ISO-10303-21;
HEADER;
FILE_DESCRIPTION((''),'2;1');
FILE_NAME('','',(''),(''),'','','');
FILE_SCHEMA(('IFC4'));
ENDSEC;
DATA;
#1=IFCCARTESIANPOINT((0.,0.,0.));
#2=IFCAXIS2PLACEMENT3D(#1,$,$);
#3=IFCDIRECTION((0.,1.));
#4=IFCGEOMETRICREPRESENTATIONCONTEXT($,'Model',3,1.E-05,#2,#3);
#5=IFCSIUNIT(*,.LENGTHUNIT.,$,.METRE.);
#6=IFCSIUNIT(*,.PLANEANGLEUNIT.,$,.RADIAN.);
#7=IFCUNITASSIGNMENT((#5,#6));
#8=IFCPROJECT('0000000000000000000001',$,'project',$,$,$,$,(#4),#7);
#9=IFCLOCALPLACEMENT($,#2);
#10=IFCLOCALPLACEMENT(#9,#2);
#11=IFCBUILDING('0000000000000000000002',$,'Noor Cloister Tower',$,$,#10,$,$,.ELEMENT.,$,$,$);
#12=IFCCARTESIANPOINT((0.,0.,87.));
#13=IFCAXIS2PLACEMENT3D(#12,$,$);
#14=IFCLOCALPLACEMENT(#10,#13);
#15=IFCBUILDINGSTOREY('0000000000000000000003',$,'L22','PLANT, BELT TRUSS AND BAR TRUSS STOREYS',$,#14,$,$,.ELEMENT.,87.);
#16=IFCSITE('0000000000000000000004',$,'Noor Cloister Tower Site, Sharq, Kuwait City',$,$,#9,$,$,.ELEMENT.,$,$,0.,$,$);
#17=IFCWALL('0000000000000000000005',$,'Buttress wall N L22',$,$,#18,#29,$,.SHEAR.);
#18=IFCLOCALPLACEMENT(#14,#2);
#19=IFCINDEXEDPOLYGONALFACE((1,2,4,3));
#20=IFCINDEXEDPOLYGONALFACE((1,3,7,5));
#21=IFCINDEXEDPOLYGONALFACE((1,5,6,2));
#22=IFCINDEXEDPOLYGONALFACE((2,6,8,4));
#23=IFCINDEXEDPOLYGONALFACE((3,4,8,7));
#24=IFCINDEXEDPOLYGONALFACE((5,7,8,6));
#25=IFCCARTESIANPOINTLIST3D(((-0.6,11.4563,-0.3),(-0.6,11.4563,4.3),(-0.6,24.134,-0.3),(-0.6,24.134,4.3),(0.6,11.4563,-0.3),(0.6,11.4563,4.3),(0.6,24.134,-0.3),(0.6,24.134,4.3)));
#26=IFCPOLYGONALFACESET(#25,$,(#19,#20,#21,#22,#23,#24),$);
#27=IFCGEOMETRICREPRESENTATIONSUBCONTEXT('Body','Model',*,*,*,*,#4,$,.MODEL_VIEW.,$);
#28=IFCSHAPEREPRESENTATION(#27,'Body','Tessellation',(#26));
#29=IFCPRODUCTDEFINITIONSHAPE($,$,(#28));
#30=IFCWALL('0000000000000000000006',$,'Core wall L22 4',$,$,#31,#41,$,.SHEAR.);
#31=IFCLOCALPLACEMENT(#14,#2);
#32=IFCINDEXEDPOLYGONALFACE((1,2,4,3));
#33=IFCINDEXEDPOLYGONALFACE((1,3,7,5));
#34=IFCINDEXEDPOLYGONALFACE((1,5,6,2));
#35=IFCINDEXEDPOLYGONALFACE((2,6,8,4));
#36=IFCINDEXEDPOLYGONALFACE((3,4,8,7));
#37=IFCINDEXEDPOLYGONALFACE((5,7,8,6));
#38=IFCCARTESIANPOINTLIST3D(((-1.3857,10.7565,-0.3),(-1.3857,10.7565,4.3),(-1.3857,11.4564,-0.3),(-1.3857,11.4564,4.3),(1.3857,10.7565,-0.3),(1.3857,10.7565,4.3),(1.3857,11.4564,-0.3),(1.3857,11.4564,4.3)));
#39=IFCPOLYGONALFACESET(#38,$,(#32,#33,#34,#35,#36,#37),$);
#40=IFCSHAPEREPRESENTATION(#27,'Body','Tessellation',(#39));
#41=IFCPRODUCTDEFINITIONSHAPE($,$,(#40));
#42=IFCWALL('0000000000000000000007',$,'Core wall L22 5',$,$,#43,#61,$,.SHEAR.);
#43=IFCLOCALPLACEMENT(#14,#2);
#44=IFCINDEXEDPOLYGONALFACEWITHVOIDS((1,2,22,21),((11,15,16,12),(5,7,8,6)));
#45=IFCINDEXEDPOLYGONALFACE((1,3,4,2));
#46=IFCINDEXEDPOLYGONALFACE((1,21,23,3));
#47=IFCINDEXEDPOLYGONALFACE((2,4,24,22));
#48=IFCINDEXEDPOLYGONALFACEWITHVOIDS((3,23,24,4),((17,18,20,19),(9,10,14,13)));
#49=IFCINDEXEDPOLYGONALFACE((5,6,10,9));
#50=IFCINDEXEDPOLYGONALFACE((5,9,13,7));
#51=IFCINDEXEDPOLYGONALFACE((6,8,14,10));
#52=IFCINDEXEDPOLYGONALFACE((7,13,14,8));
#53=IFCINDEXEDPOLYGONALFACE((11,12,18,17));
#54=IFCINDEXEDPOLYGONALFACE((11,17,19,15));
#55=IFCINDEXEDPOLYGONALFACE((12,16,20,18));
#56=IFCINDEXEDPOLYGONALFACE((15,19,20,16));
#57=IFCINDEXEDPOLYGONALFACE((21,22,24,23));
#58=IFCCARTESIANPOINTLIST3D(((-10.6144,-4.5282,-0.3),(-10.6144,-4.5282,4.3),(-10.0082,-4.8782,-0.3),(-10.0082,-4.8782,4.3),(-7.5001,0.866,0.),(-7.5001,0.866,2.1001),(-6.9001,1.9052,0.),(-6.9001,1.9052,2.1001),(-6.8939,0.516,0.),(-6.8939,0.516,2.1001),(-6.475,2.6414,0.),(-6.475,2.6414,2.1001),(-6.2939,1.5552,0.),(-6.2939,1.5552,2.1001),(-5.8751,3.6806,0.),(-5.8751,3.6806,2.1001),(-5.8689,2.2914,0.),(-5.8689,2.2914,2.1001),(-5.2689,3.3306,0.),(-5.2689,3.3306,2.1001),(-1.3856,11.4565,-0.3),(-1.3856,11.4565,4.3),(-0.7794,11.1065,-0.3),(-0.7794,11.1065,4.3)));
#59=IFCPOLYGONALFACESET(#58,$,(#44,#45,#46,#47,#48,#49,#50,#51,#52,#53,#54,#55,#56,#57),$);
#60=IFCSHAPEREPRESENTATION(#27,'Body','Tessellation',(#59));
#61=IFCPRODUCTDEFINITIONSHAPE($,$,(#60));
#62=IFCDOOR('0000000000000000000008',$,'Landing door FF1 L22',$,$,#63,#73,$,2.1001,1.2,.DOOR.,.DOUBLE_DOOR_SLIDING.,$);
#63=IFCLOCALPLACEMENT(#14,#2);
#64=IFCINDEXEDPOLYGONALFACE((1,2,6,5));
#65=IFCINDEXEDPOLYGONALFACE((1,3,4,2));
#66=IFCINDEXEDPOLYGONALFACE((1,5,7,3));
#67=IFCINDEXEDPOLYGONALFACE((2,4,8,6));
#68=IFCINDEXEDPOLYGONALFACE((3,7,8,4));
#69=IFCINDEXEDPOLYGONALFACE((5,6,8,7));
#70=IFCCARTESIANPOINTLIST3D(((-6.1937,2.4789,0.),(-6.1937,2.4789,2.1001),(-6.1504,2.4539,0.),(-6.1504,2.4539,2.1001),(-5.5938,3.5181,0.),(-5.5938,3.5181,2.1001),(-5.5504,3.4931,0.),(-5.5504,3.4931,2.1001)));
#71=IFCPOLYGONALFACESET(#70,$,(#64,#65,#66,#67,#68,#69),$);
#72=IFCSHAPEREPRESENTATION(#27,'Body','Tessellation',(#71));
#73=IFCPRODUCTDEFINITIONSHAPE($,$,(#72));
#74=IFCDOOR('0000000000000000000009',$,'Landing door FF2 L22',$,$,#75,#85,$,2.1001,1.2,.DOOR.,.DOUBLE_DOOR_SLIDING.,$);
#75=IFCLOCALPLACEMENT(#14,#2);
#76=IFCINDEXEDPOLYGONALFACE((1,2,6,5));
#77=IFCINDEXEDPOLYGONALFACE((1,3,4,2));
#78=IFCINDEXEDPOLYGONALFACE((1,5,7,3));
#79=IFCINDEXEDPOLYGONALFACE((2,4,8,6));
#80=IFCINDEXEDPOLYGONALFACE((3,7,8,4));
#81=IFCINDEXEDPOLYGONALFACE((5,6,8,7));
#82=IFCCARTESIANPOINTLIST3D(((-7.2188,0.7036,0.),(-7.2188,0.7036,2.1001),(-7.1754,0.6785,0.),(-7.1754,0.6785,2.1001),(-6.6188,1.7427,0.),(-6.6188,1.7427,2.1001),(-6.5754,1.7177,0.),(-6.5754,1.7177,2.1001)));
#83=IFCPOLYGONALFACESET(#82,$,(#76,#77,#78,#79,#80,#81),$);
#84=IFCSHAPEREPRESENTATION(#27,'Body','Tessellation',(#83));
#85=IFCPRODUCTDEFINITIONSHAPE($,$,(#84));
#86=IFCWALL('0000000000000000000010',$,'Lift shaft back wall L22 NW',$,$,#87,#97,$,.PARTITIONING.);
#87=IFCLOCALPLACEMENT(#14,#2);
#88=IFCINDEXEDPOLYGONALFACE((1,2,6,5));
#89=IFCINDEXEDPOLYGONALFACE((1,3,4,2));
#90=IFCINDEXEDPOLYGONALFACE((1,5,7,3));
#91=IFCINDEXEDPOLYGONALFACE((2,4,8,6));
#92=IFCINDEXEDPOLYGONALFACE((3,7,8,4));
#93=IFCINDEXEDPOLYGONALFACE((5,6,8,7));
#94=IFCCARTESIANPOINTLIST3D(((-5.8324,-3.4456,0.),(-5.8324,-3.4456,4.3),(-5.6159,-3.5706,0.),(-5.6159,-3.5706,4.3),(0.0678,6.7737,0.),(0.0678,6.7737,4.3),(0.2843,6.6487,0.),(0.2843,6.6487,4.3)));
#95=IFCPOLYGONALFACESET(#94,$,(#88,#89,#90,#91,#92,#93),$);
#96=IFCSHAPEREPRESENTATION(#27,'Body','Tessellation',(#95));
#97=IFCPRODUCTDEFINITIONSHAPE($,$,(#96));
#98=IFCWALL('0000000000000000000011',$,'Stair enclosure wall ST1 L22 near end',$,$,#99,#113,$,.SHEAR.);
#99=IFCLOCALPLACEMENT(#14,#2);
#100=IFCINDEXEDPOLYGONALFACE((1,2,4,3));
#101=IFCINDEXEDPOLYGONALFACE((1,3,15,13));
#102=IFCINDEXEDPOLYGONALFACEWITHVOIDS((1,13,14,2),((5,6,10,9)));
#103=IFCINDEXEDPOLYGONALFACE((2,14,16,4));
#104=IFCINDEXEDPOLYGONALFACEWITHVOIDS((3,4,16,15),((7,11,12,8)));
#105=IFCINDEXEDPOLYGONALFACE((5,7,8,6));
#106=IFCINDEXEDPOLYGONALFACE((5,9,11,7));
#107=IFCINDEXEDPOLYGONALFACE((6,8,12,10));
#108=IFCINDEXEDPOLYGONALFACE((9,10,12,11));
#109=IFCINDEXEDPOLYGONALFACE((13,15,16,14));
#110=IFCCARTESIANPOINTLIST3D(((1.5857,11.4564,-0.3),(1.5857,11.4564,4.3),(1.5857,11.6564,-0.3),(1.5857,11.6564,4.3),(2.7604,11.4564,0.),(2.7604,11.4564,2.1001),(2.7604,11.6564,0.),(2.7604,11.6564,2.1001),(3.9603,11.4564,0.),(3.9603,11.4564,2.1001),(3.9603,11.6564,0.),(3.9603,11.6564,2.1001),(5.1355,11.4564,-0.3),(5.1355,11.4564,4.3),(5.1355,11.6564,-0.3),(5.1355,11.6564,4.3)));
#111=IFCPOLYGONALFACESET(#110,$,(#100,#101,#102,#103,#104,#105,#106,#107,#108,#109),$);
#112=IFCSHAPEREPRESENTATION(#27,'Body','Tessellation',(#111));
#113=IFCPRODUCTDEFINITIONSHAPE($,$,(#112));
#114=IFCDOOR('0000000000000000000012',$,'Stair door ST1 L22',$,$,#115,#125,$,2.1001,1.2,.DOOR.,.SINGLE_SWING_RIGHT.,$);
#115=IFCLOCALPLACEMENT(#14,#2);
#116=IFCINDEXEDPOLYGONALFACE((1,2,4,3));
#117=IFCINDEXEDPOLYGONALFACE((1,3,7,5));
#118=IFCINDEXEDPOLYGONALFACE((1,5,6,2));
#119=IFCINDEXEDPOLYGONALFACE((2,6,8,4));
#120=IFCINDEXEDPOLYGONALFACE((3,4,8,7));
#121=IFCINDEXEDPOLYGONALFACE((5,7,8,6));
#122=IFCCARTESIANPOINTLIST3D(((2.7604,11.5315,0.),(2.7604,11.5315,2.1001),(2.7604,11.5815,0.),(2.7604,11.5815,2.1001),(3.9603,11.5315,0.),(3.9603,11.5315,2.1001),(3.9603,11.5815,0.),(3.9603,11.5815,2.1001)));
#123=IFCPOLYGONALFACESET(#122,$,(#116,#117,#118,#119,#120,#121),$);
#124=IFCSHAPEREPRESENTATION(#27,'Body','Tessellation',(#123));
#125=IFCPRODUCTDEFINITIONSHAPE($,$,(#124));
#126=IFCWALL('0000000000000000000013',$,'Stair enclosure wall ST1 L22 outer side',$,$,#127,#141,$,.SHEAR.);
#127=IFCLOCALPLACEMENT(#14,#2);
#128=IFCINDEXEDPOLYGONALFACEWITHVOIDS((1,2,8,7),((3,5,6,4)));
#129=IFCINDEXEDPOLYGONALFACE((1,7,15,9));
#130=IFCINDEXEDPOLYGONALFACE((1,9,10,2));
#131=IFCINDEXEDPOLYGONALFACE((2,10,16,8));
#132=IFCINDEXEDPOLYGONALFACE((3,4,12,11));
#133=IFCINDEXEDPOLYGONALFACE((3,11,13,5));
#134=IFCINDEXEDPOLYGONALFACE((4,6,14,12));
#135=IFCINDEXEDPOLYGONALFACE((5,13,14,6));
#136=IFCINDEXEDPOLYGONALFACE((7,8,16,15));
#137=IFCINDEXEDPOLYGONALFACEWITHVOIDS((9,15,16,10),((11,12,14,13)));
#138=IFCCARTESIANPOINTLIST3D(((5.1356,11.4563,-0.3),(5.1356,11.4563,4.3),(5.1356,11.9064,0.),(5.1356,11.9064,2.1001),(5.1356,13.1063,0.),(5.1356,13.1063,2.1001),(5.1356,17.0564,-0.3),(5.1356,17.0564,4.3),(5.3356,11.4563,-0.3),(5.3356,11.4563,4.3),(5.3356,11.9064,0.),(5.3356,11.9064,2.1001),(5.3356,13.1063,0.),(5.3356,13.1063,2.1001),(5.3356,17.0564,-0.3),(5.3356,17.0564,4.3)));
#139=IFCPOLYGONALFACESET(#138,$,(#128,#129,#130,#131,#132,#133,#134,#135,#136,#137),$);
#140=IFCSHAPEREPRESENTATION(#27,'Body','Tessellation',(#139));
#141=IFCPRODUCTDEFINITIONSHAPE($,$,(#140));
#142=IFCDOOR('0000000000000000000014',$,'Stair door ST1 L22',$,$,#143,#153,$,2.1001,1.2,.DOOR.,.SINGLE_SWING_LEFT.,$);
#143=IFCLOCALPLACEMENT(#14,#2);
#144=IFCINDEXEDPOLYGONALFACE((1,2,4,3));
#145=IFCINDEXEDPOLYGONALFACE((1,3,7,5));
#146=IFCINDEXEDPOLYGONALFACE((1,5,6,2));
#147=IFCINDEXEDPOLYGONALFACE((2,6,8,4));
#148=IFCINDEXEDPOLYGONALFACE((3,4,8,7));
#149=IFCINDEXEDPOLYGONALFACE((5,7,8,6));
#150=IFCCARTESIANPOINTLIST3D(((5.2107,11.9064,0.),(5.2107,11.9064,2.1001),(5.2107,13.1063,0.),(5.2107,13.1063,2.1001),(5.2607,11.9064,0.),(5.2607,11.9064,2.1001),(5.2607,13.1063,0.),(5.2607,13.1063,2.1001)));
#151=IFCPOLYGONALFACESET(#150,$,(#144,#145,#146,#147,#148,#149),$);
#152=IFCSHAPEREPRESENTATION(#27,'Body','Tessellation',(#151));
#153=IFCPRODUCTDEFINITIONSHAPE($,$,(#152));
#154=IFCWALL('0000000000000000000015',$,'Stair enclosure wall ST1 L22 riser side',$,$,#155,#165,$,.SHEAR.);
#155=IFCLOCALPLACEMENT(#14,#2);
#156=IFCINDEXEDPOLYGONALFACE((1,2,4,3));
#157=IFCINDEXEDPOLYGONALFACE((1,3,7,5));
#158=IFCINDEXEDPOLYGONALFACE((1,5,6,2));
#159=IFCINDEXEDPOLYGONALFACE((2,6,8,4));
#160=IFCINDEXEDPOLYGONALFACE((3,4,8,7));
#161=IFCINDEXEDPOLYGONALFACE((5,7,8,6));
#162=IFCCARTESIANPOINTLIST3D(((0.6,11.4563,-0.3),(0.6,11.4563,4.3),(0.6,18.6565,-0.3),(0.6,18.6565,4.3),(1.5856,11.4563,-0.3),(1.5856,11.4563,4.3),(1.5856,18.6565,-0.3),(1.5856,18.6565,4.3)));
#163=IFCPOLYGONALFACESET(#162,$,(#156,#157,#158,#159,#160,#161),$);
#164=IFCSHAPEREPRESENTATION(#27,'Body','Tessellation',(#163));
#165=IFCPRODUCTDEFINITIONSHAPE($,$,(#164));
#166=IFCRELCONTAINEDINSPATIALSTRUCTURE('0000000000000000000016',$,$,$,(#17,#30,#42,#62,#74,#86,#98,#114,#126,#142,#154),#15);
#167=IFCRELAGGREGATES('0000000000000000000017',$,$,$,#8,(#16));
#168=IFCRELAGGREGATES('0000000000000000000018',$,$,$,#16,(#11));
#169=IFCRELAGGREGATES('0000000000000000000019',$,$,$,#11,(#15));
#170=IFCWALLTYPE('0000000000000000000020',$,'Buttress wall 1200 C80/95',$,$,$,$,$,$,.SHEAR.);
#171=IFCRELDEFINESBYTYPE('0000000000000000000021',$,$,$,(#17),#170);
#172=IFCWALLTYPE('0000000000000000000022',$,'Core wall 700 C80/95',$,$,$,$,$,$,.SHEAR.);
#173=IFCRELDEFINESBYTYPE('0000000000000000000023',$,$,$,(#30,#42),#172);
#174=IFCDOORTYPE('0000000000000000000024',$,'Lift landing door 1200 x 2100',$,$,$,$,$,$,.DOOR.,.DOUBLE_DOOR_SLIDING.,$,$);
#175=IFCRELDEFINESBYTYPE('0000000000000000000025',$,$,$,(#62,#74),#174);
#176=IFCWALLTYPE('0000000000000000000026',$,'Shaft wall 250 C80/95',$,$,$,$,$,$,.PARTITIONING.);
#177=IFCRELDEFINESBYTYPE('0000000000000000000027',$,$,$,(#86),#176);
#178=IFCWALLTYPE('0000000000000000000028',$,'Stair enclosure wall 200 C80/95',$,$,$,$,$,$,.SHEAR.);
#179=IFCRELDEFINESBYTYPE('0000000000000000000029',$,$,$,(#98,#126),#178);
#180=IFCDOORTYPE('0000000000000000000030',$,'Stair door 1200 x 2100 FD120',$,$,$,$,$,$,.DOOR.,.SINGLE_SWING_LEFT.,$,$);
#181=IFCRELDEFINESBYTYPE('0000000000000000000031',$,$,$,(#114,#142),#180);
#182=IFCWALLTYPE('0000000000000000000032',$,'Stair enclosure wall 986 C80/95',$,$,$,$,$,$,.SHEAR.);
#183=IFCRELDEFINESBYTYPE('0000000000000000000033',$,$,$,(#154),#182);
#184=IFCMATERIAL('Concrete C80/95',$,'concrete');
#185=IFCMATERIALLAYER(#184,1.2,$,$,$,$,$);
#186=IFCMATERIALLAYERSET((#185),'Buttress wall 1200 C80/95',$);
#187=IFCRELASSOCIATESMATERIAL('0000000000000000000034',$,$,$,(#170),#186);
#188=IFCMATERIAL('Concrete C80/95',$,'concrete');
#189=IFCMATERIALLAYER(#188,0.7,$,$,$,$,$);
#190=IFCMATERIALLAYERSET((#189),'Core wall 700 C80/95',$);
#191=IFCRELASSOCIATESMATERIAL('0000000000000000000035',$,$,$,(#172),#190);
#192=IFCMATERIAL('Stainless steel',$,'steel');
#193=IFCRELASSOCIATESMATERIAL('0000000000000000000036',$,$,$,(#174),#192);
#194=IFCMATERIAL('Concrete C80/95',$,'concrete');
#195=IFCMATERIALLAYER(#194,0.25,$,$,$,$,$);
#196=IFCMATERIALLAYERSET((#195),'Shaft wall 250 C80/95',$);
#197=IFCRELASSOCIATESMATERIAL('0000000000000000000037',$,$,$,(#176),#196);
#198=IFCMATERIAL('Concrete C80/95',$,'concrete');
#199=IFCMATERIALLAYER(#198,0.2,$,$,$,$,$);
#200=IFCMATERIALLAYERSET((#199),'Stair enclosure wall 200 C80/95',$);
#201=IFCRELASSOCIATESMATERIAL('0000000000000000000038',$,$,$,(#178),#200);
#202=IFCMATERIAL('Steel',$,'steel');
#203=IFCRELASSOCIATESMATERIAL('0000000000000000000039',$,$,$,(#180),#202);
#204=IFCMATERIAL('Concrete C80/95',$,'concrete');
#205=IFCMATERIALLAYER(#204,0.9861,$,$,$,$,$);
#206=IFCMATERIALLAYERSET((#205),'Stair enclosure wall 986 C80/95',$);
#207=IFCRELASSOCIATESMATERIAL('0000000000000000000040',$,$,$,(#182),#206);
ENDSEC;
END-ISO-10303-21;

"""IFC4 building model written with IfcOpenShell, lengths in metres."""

from ifc_helpers import new_model, si_unit, direction, frame, frame_2d, origin, place, context, subcontext, project, spatial, rectangle, extrude, material, layer, layer_set, type_object, element, fill, save


model = new_model("IFC4")

# Units and contexts
model_context = context("Model", 3, precision=1e-05, world=origin(), true_north=direction((0.0, 1.0)))
body_context = subcontext(model_context, "Body", "Model", "MODEL_VIEW")
ifc_project = project(units=[si_unit("LENGTHUNIT", "METRE"), si_unit("PLANEANGLEUNIT", "RADIAN")], contexts=[model_context])

# Site, building, storey
site_placement = place(None, origin())
site = spatial("IfcSite", under=ifc_project, at=site_placement, Name="Noor Cloister Tower Site, Sharq, Kuwait City", CompositionType="ELEMENT", RefElevation=0.0)
building_placement = place(site_placement, origin())
building = spatial("IfcBuilding", under=site, at=building_placement, Name="Noor Cloister Tower", CompositionType="ELEMENT")
storey_placement = place(building_placement, frame((0.0, 0.0, 87.0)))
storey = spatial("IfcBuildingStorey", under=building, at=storey_placement, Name="L22", Description="PLANT, BELT TRUSS AND BAR TRUSS STOREYS", CompositionType="ELEMENT", Elevation=87.0)

# Walls
ifc_material_1 = material(Name="Concrete C80/95", Category="concrete")
ifc_layer_1 = layer(ifc_material_1, 1.2)
ifc_layer_set_1 = layer_set([ifc_layer_1], Name="Buttress wall 1200 C80/95")
wall_type_1 = type_object("IfcWallType", Name="Buttress wall 1200 C80/95", PredefinedType="SHEAR", material=ifc_layer_set_1)
wall_1_placement = place(storey_placement, frame((0.0, 11.4563, -0.3), z_axis=(0.0, 0.0, 1.0), x_axis=(0.0, 1.0, 0.0)))
element("IfcWall", 1, at=wall_1_placement, inside=storey, type_object=wall_type_1, Name="Buttress wall N L22", PredefinedType="SHEAR", context=body_context, shape_type="SweptSolid", body=[
    extrude(rectangle(XDim=12.6777, YDim=1.2, at=frame_2d((6.3389, 0.0))), origin(), (0.0, 0.0, 1.0), 4.6001),
])
ifc_material_2 = material(Name="Concrete C80/95", Category="concrete")
ifc_layer_2 = layer(ifc_material_2, 0.7)
ifc_layer_set_2 = layer_set([ifc_layer_2], Name="Core wall 700 C80/95")
wall_type_2 = type_object("IfcWallType", Name="Core wall 700 C80/95", PredefinedType="SHEAR", material=ifc_layer_set_2)
wall_2_placement = place(storey_placement, frame((1.3857, 11.1064, -0.3), z_axis=(0.0, 0.0, 1.0), x_axis=(-1.0, 0.0, 0.0)))
element("IfcWall", 2, at=wall_2_placement, inside=storey, type_object=wall_type_2, Name="Core wall L22 4", PredefinedType="SHEAR", context=body_context, shape_type="SweptSolid", body=[
    extrude(rectangle(XDim=2.7715, YDim=0.7, at=frame_2d((1.3857, 0.0))), origin(), (0.0, 0.0, 1.0), 4.6001),
])

# Wall, openings, doors
wall_3_placement = place(storey_placement, frame((-1.0825, 11.2815, -0.3), z_axis=(0.0, 0.0, 1.0), x_axis=(-0.500001, -0.866025, 0.0)))
wall_3 = element("IfcWall", 3, at=wall_3_placement, inside=storey, type_object=wall_type_2, Name="Core wall L22 5", PredefinedType="SHEAR", context=body_context, shape_type="SweptSolid", body=[
    extrude(rectangle(XDim=18.4575, YDim=0.7, at=frame_2d((9.2288, 0.0))), origin(), (0.0, 0.0, 1.0), 4.6001),
])
opening_1_placement = place(wall_3_placement, frame((8.9788, 0.0, 0.3)))
opening_1 = element("IfcOpeningElement", 4, at=opening_1_placement, cuts=wall_3, PredefinedType="OPENING", context=body_context, shape_type="SweptSolid", body=[
    extrude(rectangle(XDim=1.2, YDim=2.1001, at=frame_2d((0.6001, 1.05))), frame((0.0, 0.3599, 0.0), z_axis=(0.0, -1.0, 0.0), x_axis=(1.0, 0.0, 0.0)), (0.0, 0.0, 1.0), 0.72),
])
opening_2_placement = place(wall_3_placement, frame((11.0288, 0.0, 0.3)))
opening_2 = element("IfcOpeningElement", 5, at=opening_2_placement, cuts=wall_3, PredefinedType="OPENING", context=body_context, shape_type="SweptSolid", body=[
    extrude(rectangle(XDim=1.2, YDim=2.1001, at=frame_2d((0.6001, 1.05))), frame((0.0, 0.3599, 0.0), z_axis=(0.0, -1.0, 0.0), x_axis=(1.0, 0.0, 0.0)), (0.0, 0.0, 1.0), 0.72),
])
ifc_material_3 = material(Name="Stainless steel", Category="steel")
door_type_1 = type_object("IfcDoorType", Name="Lift landing door 1200 x 2100", OperationType="DOUBLE_DOOR_SLIDING", PredefinedType="DOOR", material=ifc_material_3)
door_1_placement = place(opening_1_placement, origin())
door_1 = element("IfcDoor", 6, at=door_1_placement, inside=storey, type_object=door_type_1, Name="Landing door FF1 L22", OperationType="DOUBLE_DOOR_SLIDING", OverallHeight=2.1001, OverallWidth=1.2, PredefinedType="DOOR", context=body_context, shape_type="SweptSolid", body=[
    extrude(rectangle(XDim=1.2, YDim=2.1001, at=frame_2d((0.6001, 1.05))), frame((0.0, 0.0249, 0.0), z_axis=(0.0, -1.0, 0.0), x_axis=(1.0, 0.0, 0.0)), (0.0, 0.0, 1.0), 0.05),
])
fill(opening_1, door_1)
door_2_placement = place(opening_2_placement, origin())
door_2 = element("IfcDoor", 7, at=door_2_placement, inside=storey, type_object=door_type_1, Name="Landing door FF2 L22", OperationType="DOUBLE_DOOR_SLIDING", OverallHeight=2.1001, OverallWidth=1.2, PredefinedType="DOOR", context=body_context, shape_type="SweptSolid", body=[
    extrude(rectangle(XDim=1.2, YDim=2.1001, at=frame_2d((0.6001, 1.05))), frame((0.0, 0.0249, 0.0), z_axis=(0.0, -1.0, 0.0), x_axis=(1.0, 0.0, 0.0)), (0.0, 0.0, 1.0), 0.05),
])
fill(opening_2, door_2)

# Wall
ifc_material_4 = material(Name="Concrete C80/95", Category="concrete")
ifc_layer_3 = layer(ifc_material_4, 0.25)
ifc_layer_set_3 = layer_set([ifc_layer_3], Name="Shaft wall 250 C80/95")
wall_type_3 = type_object("IfcWallType", Name="Shaft wall 250 C80/95", PredefinedType="PARTITIONING", material=ifc_layer_set_3)
wall_4_placement = place(storey_placement, frame((0.176, 6.7112, 0.0), z_axis=(0.0, 0.0, 1.0), x_axis=(-0.500004, -0.866023, 0.0)))
element("IfcWall", 8, at=wall_4_placement, inside=storey, type_object=wall_type_3, Name="Lift shaft back wall L22 NW", PredefinedType="PARTITIONING", context=body_context, shape_type="SweptSolid", body=[
    extrude(rectangle(XDim=11.8003, YDim=0.25, at=frame_2d((5.9001, 0.0))), origin(), (0.0, 0.0, 1.0), 4.3),
])

# Walls, openings, doors
ifc_material_5 = material(Name="Concrete C80/95", Category="concrete")
ifc_layer_4 = layer(ifc_material_5, 0.2)
ifc_layer_set_4 = layer_set([ifc_layer_4], Name="Stair enclosure wall 200 C80/95")
wall_type_4 = type_object("IfcWallType", Name="Stair enclosure wall 200 C80/95", PredefinedType="SHEAR", material=ifc_layer_set_4)
wall_5_placement = place(storey_placement, frame((5.1355, 11.5564, -0.3), z_axis=(0.0, 0.0, 1.0), x_axis=(-1.0, 0.0, 0.0)))
wall_5 = element("IfcWall", 9, at=wall_5_placement, inside=storey, type_object=wall_type_4, Name="Stair enclosure wall ST1 L22 near end", PredefinedType="SHEAR", context=body_context, shape_type="SweptSolid", body=[
    extrude(rectangle(XDim=3.5498, YDim=0.2, at=frame_2d((1.7749, 0.0))), origin(), (0.0, 0.0, 1.0), 4.6001),
])
opening_3_placement = place(wall_5_placement, frame((1.175, 0.0, 0.3)))
opening_3 = element("IfcOpeningElement", 10, at=opening_3_placement, cuts=wall_5, PredefinedType="OPENING", context=body_context, shape_type="SweptSolid", body=[
    extrude(rectangle(XDim=1.2, YDim=2.1001, at=frame_2d((0.6001, 1.05))), frame((0.0, 0.1099, 0.0), z_axis=(0.0, -1.0, 0.0), x_axis=(1.0, 0.0, 0.0)), (0.0, 0.0, 1.0), 0.22),
])
ifc_material_6 = material(Name="Steel", Category="steel")
door_type_2 = type_object("IfcDoorType", Name="Stair door 1200 x 2100 FD120", OperationType="SINGLE_SWING_LEFT", PredefinedType="DOOR", material=ifc_material_6)
door_3_placement = place(opening_3_placement, origin())
door_3 = element("IfcDoor", 11, at=door_3_placement, inside=storey, type_object=door_type_2, Name="Stair door ST1 L22", OperationType="SINGLE_SWING_RIGHT", OverallHeight=2.1001, OverallWidth=1.2, PredefinedType="DOOR", context=body_context, shape_type="SweptSolid", body=[
    extrude(rectangle(XDim=1.2, YDim=2.1001, at=frame_2d((0.6001, 1.05))), frame((0.0, 0.0249, 0.0), z_axis=(0.0, -1.0, 0.0), x_axis=(1.0, 0.0, 0.0)), (0.0, 0.0, 1.0), 0.05),
])
fill(opening_3, door_3)
wall_6_placement = place(storey_placement, frame((5.2356, 11.4563, -0.3), z_axis=(0.0, 0.0, 1.0), x_axis=(0.0, 1.0, 0.0)))
wall_6 = element("IfcWall", 12, at=wall_6_placement, inside=storey, type_object=wall_type_4, Name="Stair enclosure wall ST1 L22 outer side", PredefinedType="SHEAR", context=body_context, shape_type="SweptSolid", body=[
    extrude(rectangle(XDim=5.6001, YDim=0.2, at=frame_2d((2.8, 0.0))), origin(), (0.0, 0.0, 1.0), 4.6001),
])
opening_4_placement = place(wall_6_placement, frame((0.45, 0.0, 0.3)))
opening_4 = element("IfcOpeningElement", 13, at=opening_4_placement, cuts=wall_6, PredefinedType="OPENING", context=body_context, shape_type="SweptSolid", body=[
    extrude(rectangle(XDim=1.2, YDim=2.1001, at=frame_2d((0.6001, 1.05))), frame((0.0, 0.1099, 0.0), z_axis=(0.0, -1.0, 0.0), x_axis=(1.0, 0.0, 0.0)), (0.0, 0.0, 1.0), 0.22),
])
door_4_placement = place(opening_4_placement, origin())
door_4 = element("IfcDoor", 14, at=door_4_placement, inside=storey, type_object=door_type_2, Name="Stair door ST1 L22", OperationType="SINGLE_SWING_LEFT", OverallHeight=2.1001, OverallWidth=1.2, PredefinedType="DOOR", context=body_context, shape_type="SweptSolid", body=[
    extrude(rectangle(XDim=1.2, YDim=2.1001, at=frame_2d((0.6001, 1.05))), frame((0.0, 0.0249, 0.0), z_axis=(0.0, -1.0, 0.0), x_axis=(1.0, 0.0, 0.0)), (0.0, 0.0, 1.0), 0.05),
])
fill(opening_4, door_4)

# Wall
ifc_material_7 = material(Name="Concrete C80/95", Category="concrete")
ifc_layer_5 = layer(ifc_material_7, 0.9861)
ifc_layer_set_5 = layer_set([ifc_layer_5], Name="Stair enclosure wall 986 C80/95")
wall_type_5 = type_object("IfcWallType", Name="Stair enclosure wall 986 C80/95", PredefinedType="SHEAR", material=ifc_layer_set_5)
wall_7_placement = place(storey_placement, frame((1.0928, 11.4563, -0.3), z_axis=(0.0, 0.0, 1.0), x_axis=(0.0, 1.0, 0.0)))
element("IfcWall", 15, at=wall_7_placement, inside=storey, type_object=wall_type_5, Name="Stair enclosure wall ST1 L22 riser side", PredefinedType="SHEAR", context=body_context, shape_type="SweptSolid", body=[
    extrude(rectangle(XDim=7.2002, YDim=0.9856, at=frame_2d((3.6001, 0.0))), origin(), (0.0, 0.0, 1.0), 4.6001),
])

save(model, "model.ifc")
